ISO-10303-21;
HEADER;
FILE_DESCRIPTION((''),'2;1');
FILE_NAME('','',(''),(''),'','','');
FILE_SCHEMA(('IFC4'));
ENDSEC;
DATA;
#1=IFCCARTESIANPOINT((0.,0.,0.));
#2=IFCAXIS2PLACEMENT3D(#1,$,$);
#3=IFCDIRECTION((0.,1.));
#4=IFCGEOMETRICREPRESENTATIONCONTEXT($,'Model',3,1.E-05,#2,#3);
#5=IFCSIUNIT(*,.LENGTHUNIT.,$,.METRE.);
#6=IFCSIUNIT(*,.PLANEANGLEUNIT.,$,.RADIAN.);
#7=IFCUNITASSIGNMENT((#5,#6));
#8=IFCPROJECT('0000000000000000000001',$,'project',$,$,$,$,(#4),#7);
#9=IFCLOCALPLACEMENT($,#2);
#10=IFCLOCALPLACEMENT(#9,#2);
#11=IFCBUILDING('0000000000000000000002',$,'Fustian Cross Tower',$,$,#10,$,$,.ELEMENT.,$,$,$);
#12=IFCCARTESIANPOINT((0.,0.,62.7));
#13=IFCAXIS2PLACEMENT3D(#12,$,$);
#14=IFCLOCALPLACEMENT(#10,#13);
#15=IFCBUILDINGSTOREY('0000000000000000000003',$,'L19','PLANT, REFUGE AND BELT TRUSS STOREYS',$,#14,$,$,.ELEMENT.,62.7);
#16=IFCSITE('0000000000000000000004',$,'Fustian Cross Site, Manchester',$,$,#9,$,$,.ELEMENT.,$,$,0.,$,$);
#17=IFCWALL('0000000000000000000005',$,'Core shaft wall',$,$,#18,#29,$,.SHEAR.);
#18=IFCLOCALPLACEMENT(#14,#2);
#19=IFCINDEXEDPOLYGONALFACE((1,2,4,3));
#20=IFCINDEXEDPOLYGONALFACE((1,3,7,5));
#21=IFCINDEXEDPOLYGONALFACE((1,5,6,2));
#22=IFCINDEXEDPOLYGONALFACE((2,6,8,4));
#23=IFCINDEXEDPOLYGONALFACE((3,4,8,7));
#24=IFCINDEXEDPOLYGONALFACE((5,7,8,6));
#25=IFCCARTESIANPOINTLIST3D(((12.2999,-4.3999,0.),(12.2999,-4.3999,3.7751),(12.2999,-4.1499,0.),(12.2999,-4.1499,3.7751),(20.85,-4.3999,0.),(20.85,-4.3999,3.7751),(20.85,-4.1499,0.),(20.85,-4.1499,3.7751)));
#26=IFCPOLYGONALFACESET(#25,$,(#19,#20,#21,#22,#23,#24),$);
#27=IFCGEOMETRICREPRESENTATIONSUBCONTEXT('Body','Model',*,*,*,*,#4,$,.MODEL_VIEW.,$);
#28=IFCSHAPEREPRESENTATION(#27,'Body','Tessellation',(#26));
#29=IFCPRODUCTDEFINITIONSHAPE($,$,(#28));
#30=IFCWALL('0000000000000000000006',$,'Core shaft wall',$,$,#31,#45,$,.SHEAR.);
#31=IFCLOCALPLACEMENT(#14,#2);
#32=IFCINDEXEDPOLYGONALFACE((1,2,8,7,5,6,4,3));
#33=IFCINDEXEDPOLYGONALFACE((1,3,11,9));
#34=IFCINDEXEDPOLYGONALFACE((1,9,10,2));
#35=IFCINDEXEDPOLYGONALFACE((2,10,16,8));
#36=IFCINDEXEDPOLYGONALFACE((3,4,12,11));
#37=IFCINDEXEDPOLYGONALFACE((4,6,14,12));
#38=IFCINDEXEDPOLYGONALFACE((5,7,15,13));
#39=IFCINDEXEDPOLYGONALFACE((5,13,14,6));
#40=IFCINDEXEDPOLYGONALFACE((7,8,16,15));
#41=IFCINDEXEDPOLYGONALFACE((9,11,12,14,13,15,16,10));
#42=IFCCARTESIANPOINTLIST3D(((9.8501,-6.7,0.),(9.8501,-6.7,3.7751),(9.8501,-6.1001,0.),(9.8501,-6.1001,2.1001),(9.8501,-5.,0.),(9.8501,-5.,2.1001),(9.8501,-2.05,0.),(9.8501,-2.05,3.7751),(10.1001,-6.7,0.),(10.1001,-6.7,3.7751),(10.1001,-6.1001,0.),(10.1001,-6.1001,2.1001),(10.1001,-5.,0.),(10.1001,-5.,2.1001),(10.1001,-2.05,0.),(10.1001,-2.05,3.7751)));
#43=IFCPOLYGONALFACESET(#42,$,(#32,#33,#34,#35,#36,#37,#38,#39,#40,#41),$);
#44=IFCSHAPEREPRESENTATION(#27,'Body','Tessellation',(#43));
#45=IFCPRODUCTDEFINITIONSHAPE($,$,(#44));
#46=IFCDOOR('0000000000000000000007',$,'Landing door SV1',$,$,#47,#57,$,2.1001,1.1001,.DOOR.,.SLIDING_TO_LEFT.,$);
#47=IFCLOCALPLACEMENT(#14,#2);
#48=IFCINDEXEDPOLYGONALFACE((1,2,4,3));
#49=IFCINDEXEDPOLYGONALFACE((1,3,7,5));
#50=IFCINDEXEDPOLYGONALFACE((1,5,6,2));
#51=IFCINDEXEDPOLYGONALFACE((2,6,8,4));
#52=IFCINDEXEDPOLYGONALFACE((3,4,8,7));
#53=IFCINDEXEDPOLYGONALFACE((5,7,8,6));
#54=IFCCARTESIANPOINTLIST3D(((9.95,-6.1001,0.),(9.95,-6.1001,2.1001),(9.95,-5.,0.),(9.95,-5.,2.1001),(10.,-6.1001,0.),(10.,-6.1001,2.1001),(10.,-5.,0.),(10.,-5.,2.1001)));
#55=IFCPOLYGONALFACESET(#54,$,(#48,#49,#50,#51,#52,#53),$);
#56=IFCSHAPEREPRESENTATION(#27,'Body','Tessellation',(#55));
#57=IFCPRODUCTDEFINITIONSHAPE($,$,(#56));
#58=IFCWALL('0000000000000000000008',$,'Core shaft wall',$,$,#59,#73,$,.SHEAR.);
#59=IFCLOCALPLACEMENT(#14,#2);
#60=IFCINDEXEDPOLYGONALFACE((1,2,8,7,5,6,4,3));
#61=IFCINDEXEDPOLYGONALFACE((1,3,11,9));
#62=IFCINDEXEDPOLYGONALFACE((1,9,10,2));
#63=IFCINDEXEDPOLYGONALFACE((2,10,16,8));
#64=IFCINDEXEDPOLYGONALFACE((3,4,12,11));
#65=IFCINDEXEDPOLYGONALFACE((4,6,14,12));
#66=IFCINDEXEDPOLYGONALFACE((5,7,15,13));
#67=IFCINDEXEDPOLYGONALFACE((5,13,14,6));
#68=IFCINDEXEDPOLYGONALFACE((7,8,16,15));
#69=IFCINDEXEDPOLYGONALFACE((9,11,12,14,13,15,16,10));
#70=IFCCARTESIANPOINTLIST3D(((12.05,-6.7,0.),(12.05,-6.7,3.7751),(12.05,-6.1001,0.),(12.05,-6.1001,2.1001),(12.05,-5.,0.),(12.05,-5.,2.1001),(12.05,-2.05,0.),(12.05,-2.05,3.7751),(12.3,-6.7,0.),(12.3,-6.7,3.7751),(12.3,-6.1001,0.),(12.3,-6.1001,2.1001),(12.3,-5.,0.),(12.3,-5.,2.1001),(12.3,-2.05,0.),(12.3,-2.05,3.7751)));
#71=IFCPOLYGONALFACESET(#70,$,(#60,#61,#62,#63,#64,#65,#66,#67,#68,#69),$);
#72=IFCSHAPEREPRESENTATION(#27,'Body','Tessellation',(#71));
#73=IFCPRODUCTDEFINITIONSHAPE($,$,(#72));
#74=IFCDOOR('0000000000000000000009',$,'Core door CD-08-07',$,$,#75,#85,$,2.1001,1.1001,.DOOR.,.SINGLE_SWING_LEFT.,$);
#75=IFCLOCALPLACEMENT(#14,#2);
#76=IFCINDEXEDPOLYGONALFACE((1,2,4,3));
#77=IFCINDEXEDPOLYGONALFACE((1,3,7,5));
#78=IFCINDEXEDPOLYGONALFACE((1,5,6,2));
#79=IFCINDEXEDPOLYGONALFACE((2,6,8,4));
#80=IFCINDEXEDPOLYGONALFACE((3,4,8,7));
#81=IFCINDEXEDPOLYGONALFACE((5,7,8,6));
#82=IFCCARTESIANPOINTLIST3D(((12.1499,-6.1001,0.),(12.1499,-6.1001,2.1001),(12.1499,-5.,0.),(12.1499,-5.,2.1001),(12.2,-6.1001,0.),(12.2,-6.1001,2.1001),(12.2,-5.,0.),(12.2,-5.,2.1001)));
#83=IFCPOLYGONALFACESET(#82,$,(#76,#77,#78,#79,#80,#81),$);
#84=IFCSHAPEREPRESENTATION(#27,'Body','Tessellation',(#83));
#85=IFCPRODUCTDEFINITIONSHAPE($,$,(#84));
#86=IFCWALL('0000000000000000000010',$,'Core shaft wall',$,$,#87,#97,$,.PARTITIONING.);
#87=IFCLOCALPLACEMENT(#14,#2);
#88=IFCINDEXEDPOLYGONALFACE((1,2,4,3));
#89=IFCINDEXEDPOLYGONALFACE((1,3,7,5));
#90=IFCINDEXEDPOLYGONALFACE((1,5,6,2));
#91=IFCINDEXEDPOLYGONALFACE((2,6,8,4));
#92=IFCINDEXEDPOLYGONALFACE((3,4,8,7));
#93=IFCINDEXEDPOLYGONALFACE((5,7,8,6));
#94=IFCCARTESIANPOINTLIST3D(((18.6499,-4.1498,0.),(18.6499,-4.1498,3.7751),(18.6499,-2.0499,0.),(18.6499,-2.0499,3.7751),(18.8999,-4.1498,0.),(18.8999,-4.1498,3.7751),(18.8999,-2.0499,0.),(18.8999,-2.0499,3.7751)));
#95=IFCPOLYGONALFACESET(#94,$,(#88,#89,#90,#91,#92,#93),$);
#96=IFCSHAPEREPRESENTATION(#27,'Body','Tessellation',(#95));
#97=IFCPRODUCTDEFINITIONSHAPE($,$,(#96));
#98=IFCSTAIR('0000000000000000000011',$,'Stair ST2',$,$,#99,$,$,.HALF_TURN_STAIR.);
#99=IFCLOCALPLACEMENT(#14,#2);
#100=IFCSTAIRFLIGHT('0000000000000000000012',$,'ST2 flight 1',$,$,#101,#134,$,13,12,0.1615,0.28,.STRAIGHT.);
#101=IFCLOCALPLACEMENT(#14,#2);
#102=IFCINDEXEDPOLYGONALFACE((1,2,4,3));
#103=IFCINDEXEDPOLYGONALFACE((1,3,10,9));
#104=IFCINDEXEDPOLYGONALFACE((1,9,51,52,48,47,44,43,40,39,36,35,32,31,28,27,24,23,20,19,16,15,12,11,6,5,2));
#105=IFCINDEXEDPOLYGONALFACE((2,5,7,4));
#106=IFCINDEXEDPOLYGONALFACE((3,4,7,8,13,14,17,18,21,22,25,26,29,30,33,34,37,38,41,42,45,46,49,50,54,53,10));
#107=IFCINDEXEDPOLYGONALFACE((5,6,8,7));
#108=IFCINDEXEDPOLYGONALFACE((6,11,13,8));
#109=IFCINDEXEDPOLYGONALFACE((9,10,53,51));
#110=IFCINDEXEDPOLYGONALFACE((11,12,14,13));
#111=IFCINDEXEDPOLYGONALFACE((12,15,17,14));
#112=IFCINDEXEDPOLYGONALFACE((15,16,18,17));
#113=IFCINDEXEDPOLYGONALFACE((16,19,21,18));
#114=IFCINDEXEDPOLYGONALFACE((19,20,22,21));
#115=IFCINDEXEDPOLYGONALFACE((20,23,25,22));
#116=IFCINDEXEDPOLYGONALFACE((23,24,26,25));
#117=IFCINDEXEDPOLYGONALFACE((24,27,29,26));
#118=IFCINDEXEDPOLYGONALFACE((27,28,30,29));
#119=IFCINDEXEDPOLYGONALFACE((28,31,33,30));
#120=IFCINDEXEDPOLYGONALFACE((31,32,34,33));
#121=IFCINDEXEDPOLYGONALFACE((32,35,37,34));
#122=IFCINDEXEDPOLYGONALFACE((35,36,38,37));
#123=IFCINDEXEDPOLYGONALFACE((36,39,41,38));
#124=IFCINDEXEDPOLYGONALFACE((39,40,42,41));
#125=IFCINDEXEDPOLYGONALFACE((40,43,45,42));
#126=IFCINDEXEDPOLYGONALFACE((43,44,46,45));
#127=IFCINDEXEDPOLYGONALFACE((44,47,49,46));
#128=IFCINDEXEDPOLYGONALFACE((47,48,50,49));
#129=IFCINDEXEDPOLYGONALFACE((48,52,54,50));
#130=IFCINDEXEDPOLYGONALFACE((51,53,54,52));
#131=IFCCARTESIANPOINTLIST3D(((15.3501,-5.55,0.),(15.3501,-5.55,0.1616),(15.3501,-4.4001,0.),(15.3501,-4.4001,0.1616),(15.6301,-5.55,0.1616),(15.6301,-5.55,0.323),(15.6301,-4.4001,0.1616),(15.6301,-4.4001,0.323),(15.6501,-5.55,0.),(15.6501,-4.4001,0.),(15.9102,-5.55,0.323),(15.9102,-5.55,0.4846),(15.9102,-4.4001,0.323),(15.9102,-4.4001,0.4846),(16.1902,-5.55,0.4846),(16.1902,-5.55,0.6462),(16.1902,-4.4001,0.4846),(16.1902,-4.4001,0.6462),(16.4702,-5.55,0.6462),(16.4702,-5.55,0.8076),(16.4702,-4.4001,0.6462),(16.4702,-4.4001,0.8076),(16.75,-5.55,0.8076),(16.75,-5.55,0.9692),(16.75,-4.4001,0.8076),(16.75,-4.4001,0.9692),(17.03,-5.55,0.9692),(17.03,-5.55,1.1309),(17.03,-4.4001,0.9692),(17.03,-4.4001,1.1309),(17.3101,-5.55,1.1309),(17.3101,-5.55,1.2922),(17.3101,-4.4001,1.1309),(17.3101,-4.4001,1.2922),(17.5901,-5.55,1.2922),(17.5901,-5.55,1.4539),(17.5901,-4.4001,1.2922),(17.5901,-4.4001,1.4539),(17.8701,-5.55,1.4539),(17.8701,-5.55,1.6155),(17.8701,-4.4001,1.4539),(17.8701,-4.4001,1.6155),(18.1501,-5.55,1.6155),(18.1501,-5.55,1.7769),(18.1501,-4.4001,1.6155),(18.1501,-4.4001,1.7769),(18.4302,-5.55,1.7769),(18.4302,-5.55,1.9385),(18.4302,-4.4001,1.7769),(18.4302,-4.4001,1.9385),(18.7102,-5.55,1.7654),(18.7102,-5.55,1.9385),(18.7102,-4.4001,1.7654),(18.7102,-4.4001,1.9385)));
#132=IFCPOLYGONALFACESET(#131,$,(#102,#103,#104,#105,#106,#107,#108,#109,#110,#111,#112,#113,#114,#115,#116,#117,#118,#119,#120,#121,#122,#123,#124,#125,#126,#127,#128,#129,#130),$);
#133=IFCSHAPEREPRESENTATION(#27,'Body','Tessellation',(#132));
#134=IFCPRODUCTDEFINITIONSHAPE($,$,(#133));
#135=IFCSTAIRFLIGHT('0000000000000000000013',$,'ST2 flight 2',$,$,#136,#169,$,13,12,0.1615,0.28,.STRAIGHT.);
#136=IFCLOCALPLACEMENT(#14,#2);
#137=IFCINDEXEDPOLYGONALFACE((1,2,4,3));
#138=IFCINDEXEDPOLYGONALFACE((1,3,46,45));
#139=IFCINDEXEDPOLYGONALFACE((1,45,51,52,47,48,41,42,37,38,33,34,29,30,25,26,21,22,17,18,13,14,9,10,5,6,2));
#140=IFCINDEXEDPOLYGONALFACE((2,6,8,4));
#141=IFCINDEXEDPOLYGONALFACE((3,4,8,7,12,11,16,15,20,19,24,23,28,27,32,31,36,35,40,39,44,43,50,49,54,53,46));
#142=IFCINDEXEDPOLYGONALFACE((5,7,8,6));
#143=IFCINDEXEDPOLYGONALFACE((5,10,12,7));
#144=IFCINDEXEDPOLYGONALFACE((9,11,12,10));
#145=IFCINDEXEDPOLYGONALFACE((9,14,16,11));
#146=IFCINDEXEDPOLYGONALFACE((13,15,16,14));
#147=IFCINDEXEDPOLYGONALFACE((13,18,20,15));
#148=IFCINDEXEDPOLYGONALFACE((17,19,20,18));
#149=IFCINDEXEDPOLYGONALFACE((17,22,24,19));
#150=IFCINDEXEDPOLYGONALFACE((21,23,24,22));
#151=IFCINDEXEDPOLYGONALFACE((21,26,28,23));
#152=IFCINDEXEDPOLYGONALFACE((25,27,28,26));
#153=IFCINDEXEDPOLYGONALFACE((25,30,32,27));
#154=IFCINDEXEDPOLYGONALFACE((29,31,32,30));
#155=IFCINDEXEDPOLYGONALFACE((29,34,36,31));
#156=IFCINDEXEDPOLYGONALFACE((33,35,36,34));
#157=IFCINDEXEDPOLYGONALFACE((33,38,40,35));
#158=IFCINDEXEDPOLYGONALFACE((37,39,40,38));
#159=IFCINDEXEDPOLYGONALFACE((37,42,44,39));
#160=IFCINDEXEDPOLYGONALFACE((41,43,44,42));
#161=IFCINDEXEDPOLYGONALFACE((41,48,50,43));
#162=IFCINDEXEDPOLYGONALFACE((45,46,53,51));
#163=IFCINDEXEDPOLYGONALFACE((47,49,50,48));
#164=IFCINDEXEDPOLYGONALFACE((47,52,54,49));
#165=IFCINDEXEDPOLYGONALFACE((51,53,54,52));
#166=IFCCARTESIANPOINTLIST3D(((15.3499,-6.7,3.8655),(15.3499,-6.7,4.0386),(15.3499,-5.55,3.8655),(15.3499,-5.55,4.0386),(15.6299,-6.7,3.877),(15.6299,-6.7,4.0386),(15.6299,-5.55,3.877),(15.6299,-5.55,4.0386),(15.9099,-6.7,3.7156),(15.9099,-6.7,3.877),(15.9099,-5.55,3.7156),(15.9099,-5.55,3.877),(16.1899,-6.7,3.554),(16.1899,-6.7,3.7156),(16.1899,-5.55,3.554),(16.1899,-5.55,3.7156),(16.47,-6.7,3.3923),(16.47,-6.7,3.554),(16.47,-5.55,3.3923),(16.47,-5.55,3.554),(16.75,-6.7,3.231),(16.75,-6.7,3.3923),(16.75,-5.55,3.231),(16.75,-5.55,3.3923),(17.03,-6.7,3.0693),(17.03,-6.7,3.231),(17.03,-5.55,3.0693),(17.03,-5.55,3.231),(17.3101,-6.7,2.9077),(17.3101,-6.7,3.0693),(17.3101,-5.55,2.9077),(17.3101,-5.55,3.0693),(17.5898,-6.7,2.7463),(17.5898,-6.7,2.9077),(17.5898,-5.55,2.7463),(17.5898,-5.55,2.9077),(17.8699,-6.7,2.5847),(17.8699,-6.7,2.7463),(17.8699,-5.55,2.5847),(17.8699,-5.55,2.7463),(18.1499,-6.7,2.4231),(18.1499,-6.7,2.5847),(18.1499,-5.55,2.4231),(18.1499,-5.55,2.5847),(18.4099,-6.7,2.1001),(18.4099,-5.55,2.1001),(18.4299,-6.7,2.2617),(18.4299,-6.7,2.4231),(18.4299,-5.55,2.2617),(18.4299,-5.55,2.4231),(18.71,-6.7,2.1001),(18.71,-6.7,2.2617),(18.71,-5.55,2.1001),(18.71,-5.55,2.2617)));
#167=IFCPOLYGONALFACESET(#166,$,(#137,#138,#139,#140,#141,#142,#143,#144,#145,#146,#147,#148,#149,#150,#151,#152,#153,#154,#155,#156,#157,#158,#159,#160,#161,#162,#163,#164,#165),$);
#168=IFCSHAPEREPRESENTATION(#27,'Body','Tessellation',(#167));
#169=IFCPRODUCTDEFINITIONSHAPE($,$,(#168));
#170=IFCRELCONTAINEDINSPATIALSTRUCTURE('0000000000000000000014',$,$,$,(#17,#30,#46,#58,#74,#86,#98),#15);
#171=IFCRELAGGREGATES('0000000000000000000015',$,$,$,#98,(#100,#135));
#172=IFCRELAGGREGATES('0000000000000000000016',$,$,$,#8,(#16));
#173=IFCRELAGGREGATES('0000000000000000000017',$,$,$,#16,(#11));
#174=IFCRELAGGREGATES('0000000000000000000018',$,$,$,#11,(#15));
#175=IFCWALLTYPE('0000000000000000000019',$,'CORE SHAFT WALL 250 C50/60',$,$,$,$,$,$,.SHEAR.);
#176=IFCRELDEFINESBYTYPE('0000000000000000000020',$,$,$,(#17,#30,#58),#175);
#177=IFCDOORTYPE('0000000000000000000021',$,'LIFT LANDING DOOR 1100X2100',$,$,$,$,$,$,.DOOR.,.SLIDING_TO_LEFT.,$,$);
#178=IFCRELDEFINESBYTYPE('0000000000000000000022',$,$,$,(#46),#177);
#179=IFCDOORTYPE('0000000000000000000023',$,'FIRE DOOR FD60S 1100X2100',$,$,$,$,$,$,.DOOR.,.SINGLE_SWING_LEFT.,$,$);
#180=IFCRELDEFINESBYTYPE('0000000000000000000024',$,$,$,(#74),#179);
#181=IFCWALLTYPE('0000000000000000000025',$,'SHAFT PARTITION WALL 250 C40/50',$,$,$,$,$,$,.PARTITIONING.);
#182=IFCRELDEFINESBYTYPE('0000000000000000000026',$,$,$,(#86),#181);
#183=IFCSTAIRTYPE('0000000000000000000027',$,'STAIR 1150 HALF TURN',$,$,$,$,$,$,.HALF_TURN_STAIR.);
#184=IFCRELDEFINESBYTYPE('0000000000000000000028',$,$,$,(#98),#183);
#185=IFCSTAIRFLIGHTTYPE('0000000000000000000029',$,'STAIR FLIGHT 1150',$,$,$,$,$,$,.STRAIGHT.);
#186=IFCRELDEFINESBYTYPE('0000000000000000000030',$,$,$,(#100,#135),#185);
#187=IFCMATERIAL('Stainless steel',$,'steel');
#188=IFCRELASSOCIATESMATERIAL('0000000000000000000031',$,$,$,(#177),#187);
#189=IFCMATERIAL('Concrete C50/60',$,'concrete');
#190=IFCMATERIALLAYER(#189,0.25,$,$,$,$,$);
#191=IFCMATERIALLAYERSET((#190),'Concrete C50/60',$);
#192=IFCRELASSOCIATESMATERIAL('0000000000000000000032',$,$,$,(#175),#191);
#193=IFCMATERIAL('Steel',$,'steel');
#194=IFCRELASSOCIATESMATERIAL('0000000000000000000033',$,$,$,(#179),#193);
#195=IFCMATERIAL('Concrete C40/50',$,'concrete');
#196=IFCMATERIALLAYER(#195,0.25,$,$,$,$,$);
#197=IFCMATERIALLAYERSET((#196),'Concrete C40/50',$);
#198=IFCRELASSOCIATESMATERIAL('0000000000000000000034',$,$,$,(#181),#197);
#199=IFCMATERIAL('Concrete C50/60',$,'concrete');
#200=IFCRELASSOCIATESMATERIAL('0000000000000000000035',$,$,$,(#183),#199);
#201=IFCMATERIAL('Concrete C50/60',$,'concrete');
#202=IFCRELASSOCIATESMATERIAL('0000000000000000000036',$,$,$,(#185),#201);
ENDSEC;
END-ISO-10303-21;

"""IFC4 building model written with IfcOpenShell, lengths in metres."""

from ifc_helpers import new_model, si_unit, direction, frame, frame_2d, origin, place, context, subcontext, project, spatial, polyline, rectangle, outline, extrude, material, layer, layer_set, type_object, element, fill, aggregate, save


model = new_model("IFC4")

# Units and contexts
model_context = context("Model", 3, precision=1e-05, world=origin(), true_north=direction((0.0, 1.0)))
body_context = subcontext(model_context, "Body", "Model", "MODEL_VIEW")
ifc_project = project(units=[si_unit("LENGTHUNIT", "METRE"), si_unit("PLANEANGLEUNIT", "RADIAN")], contexts=[model_context])

# Site, building, storey
site_placement = place(None, origin())
site = spatial("IfcSite", under=ifc_project, at=site_placement, Name="Fustian Cross Site, Manchester", CompositionType="ELEMENT", RefElevation=0.0)
building_placement = place(site_placement, origin())
building = spatial("IfcBuilding", under=site, at=building_placement, Name="Fustian Cross Tower", CompositionType="ELEMENT")
storey_placement = place(building_placement, frame((0.0, 0.0, 62.7)))
storey = spatial("IfcBuildingStorey", under=building, at=storey_placement, Name="L19", Description="PLANT, REFUGE AND BELT TRUSS STOREYS", CompositionType="ELEMENT", Elevation=62.7)

# Shared definitions
ifc_material_1 = material(Name="Stainless steel", Category="steel")
door_type_1 = type_object("IfcDoorType", Name="LIFT LANDING DOOR 1100X2100", OperationType="SLIDING_TO_LEFT", PredefinedType="DOOR", material=ifc_material_1)

# Wall
ifc_material_2 = material(Name="Concrete C50/60", Category="concrete")
ifc_layer_1 = layer(ifc_material_2, 0.25)
ifc_layer_set_1 = layer_set([ifc_layer_1], Name="Concrete C50/60")
wall_type_1 = type_object("IfcWallType", Name="CORE SHAFT WALL 250 C50/60", PredefinedType="SHEAR", material=ifc_layer_set_1)
wall_1_placement = place(storey_placement, frame((12.3, -4.2749, 0.0), z_axis=(0.0, 0.0, 1.0), x_axis=(1.0, 0.0, 0.0)))
element("IfcWall", 1, at=wall_1_placement, inside=storey, type_object=wall_type_1, Name="Core shaft wall", PredefinedType="SHEAR", context=body_context, shape_type="SweptSolid", body=[
    extrude(rectangle(XDim=8.55, YDim=0.25, at=frame_2d((4.2749, 0.0))), origin(), (0.0, 0.0, 1.0), 3.7751),
])

# Walls, openings, doors
wall_2_placement = place(storey_placement, frame((9.9751, -2.05, 0.0), z_axis=(0.0, 0.0, 1.0), x_axis=(0.0, -1.0, 0.0)))
wall_2 = element("IfcWall", 2, at=wall_2_placement, inside=storey, type_object=wall_type_1, Name="Core shaft wall", PredefinedType="SHEAR", context=body_context, shape_type="SweptSolid", body=[
    extrude(rectangle(XDim=4.6499, YDim=0.25, at=frame_2d((2.325, 0.0))), origin(), (0.0, 0.0, 1.0), 3.7751),
])
opening_1_placement = place(wall_2_placement, frame((2.95, 0.0, 0.0)))
opening_1 = element("IfcOpeningElement", 3, at=opening_1_placement, cuts=wall_2, PredefinedType="OPENING", context=body_context, shape_type="SweptSolid", body=[
    extrude(rectangle(XDim=1.1001, YDim=2.1001, at=frame_2d((0.55, 1.05))), frame((0.0, 0.135, 0.0), z_axis=(0.0, -1.0, 0.0), x_axis=(1.0, 0.0, 0.0)), (0.0, 0.0, 1.0), 0.27),
])
door_1_placement = place(opening_1_placement, origin())
door_1 = element("IfcDoor", 4, at=door_1_placement, inside=storey, type_object=door_type_1, Name="Landing door SV1", OperationType="SLIDING_TO_LEFT", OverallHeight=2.1001, OverallWidth=1.1001, PredefinedType="DOOR", context=body_context, shape_type="SweptSolid", body=[
    extrude(rectangle(XDim=1.1001, YDim=2.1001, at=frame_2d((0.55, 1.05))), frame((0.0, 0.0249, 0.0), z_axis=(0.0, -1.0, 0.0), x_axis=(1.0, 0.0, 0.0)), (0.0, 0.0, 1.0), 0.05),
])
fill(opening_1, door_1)
wall_3_placement = place(storey_placement, frame((12.175, -2.05, 0.0), z_axis=(0.0, 0.0, 1.0), x_axis=(0.0, -1.0, 0.0)))
wall_3 = element("IfcWall", 5, at=wall_3_placement, inside=storey, type_object=wall_type_1, Name="Core shaft wall", PredefinedType="SHEAR", context=body_context, shape_type="SweptSolid", body=[
    extrude(rectangle(XDim=4.6499, YDim=0.25, at=frame_2d((2.325, 0.0))), origin(), (0.0, 0.0, 1.0), 3.7751),
])
opening_2_placement = place(wall_3_placement, frame((2.95, 0.0, 0.0)))
opening_2 = element("IfcOpeningElement", 6, at=opening_2_placement, cuts=wall_3, PredefinedType="OPENING", context=body_context, shape_type="SweptSolid", body=[
    extrude(rectangle(XDim=1.1001, YDim=2.1001, at=frame_2d((0.55, 1.05))), frame((0.0, 0.135, 0.0), z_axis=(0.0, -1.0, 0.0), x_axis=(1.0, 0.0, 0.0)), (0.0, 0.0, 1.0), 0.27),
])
ifc_material_3 = material(Name="Steel", Category="steel")
door_type_2 = type_object("IfcDoorType", Name="FIRE DOOR FD60S 1100X2100", OperationType="SINGLE_SWING_LEFT", PredefinedType="DOOR", material=ifc_material_3)
door_2_placement = place(opening_2_placement, origin())
door_2 = element("IfcDoor", 7, at=door_2_placement, inside=storey, type_object=door_type_2, Name="Core door CD-08-07", OperationType="SINGLE_SWING_LEFT", OverallHeight=2.1001, OverallWidth=1.1001, PredefinedType="DOOR", context=body_context, shape_type="SweptSolid", body=[
    extrude(rectangle(XDim=1.1001, YDim=2.1001, at=frame_2d((0.55, 1.05))), frame((0.0, 0.0249, 0.0), z_axis=(0.0, -1.0, 0.0), x_axis=(1.0, 0.0, 0.0)), (0.0, 0.0, 1.0), 0.05),
])
fill(opening_2, door_2)

# Wall
ifc_material_4 = material(Name="Concrete C40/50", Category="concrete")
ifc_layer_2 = layer(ifc_material_4, 0.25)
ifc_layer_set_2 = layer_set([ifc_layer_2], Name="Concrete C40/50")
wall_type_2 = type_object("IfcWallType", Name="SHAFT PARTITION WALL 250 C40/50", PredefinedType="PARTITIONING", material=ifc_layer_set_2)
wall_4_placement = place(storey_placement, frame((18.7749, -2.05, 0.0), z_axis=(0.0, 0.0, 1.0), x_axis=(0.0, -1.0, 0.0)))
element("IfcWall", 8, at=wall_4_placement, inside=storey, type_object=wall_type_2, Name="Core shaft wall", PredefinedType="PARTITIONING", context=body_context, shape_type="SweptSolid", body=[
    extrude(rectangle(XDim=2.0999, YDim=0.25, at=frame_2d((1.0498, 0.0))), origin(), (0.0, 0.0, 1.0), 3.7751),
])

# Stair, stair flights
ifc_material_5 = material(Name="Concrete C50/60", Category="concrete")
stair_type = type_object("IfcStairType", Name="STAIR 1150 HALF TURN", PredefinedType="HALF_TURN_STAIR", material=ifc_material_5)
stair_placement = place(storey_placement, origin())
stair = element("IfcStair", 9, at=stair_placement, inside=storey, type_object=stair_type, Name="Stair ST2", PredefinedType="HALF_TURN_STAIR")
ifc_material_6 = material(Name="Concrete C50/60", Category="concrete")
stair_flight_type = type_object("IfcStairFlightType", Name="STAIR FLIGHT 1150", PredefinedType="STRAIGHT", material=ifc_material_6)
stair_flight_1_placement = place(storey_placement, frame((15.3501, -4.9751, 0.0), z_axis=(0.0, 0.0, 1.0), x_axis=(1.0, 0.0, 0.0)))
stair_flight_1 = element("IfcStairFlight", 10, at=stair_flight_1_placement, type_object=stair_flight_type, Name="ST2 flight 1", NumberOfRisers=13, NumberOfTreads=12, PredefinedType="STRAIGHT", RiserHeight=0.1615, TreadLength=0.28, context=body_context, shape_type="SweptSolid", body=[
    extrude(outline(polyline([(0.0, 0.0), (0.0, 0.1616), (0.28, 0.1616), (0.28, 0.323), (0.5601, 0.323), (0.5601, 0.4846), (0.8401, 0.4846), (0.8401, 0.6462), (1.1201, 0.6462), (1.1201, 0.8076), (1.3999, 0.8076), (1.3999, 0.9692), (1.6799, 0.9692), (1.6799, 1.1309), (1.96, 1.1309), (1.96, 1.2922), (2.24, 1.2922), (2.24, 1.4539), (2.52, 1.4539), (2.52, 1.6155), (2.8, 1.6155), (2.8, 1.7769), (3.0801, 1.7769), (3.0801, 1.9385), (3.3601, 1.9385), (3.3601, 2.1001), (3.3601, 1.7654), (0.3, 0.0), (0.0, 0.0)])), frame((0.0, 0.575, 0.0), z_axis=(0.0, -1.0, 0.0), x_axis=(1.0, 0.0, 0.0)), (0.0, 0.0, 1.0), 1.1499),
])
stair_flight_2_placement = place(storey_placement, frame((18.71, -6.125, 2.1001), z_axis=(0.0, 0.0, 1.0), x_axis=(-1.0, 0.0, 0.0)))
stair_flight_2 = element("IfcStairFlight", 11, at=stair_flight_2_placement, type_object=stair_flight_type, Name="ST2 flight 2", NumberOfRisers=13, NumberOfTreads=12, PredefinedType="STRAIGHT", RiserHeight=0.1615, TreadLength=0.28, context=body_context, shape_type="SweptSolid", body=[
    extrude(outline(polyline([(0.0, 0.0), (0.0, 0.1616), (0.28, 0.1616), (0.28, 0.323), (0.5601, 0.323), (0.5601, 0.4846), (0.8401, 0.4846), (0.8401, 0.6462), (1.1201, 0.6462), (1.1201, 0.8076), (1.3999, 0.8076), (1.3999, 0.9692), (1.6799, 0.9692), (1.6799, 1.1309), (1.96, 1.1309), (1.96, 1.2922), (2.24, 1.2922), (2.24, 1.4539), (2.52, 1.4539), (2.52, 1.6155), (2.8, 1.6155), (2.8, 1.7769), (3.0801, 1.7769), (3.0801, 1.9385), (3.3601, 1.9385), (3.3601, 2.1001), (3.3601, 1.7654), (0.3, 0.0), (0.0, 0.0)])), frame((0.0, 0.575, 0.0), z_axis=(0.0, -1.0, 0.0), x_axis=(1.0, 0.0, 0.0)), (0.0, 0.0, 1.0), 1.1499),
])
aggregate(stair, [stair_flight_1, stair_flight_2])

save(model, "model.ifc")
